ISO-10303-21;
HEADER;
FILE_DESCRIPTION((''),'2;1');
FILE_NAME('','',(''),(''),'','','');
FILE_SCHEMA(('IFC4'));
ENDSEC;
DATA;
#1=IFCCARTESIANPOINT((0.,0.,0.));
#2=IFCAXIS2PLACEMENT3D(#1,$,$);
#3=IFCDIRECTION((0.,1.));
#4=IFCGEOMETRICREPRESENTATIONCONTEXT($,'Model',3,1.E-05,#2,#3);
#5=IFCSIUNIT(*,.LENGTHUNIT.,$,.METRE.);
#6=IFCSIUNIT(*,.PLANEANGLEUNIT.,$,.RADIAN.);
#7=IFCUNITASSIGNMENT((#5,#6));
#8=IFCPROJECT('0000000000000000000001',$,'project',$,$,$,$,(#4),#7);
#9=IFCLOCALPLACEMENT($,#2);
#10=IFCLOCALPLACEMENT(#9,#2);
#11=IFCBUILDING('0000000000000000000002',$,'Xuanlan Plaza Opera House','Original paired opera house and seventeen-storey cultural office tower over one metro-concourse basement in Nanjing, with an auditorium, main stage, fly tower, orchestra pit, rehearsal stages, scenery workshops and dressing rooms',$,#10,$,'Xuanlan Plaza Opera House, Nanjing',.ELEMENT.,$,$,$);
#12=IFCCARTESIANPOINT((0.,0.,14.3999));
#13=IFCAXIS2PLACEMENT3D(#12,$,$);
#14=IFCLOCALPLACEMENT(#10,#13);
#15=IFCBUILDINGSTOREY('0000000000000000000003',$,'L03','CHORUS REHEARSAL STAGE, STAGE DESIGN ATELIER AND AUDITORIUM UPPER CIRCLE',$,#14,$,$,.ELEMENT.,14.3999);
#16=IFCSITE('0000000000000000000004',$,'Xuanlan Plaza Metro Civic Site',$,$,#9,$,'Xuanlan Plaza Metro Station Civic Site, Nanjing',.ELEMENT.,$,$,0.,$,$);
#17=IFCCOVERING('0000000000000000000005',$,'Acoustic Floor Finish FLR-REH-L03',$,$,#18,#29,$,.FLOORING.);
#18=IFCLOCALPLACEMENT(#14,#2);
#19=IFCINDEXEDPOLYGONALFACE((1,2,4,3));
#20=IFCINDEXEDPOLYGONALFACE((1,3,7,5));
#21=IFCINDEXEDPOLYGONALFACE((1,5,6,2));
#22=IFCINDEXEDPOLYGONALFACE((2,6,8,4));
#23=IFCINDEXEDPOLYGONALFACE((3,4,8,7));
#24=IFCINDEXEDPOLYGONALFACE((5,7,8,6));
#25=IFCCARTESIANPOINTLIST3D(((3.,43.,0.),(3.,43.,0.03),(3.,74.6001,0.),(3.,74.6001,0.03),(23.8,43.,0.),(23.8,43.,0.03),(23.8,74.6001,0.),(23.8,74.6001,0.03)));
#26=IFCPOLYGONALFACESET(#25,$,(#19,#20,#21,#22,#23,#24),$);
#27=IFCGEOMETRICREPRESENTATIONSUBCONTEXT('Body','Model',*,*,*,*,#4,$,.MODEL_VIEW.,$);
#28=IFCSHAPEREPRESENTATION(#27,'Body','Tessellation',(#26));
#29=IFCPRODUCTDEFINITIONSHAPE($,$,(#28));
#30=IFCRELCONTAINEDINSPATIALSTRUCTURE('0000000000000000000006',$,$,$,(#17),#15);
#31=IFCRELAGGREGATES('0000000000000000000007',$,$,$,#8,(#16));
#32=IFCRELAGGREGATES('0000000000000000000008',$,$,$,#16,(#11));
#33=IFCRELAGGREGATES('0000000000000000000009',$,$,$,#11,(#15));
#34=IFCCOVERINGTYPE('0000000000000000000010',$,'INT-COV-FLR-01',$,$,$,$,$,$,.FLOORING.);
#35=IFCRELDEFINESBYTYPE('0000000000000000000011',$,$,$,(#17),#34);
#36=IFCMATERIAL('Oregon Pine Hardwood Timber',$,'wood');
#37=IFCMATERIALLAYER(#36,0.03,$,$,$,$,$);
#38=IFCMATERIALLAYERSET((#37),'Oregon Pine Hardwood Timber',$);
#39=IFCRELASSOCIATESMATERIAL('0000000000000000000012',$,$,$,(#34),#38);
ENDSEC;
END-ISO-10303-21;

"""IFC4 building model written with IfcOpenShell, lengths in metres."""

from ifc_helpers import new_model, si_unit, direction, frame, origin, place, context, subcontext, project, spatial, polyline, outline, extrude, material, layer, layer_set, type_object, element, save


model = new_model("IFC4")

# Units and contexts
model_context = context("Model", 3, precision=1e-05, world=origin(), true_north=direction((0.0, 1.0)))
body_context = subcontext(model_context, "Body", "Model", "MODEL_VIEW")
ifc_project = project(units=[si_unit("LENGTHUNIT", "METRE"), si_unit("PLANEANGLEUNIT", "RADIAN")], contexts=[model_context])

# Site, building, storey
site_placement = place(None, origin())
site = spatial("IfcSite", under=ifc_project, at=site_placement, Name="Xuanlan Plaza Metro Civic Site", LongName="Xuanlan Plaza Metro Station Civic Site, Nanjing", CompositionType="ELEMENT", RefElevation=0.0)
building_placement = place(site_placement, origin())
building = spatial("IfcBuilding", under=site, at=building_placement, Name="Xuanlan Plaza Opera House", Description="Original paired opera house and seventeen-storey cultural office tower over one metro-concourse basement in Nanjing, with an auditorium, main stage, fly tower, orchestra pit, rehearsal stages, scenery workshops and dressing rooms", LongName="Xuanlan Plaza Opera House, Nanjing", CompositionType="ELEMENT")
storey_placement = place(building_placement, frame((0.0, 0.0, 14.3999)))
storey = spatial("IfcBuildingStorey", under=building, at=storey_placement, Name="L03", Description="CHORUS REHEARSAL STAGE, STAGE DESIGN ATELIER AND AUDITORIUM UPPER CIRCLE", CompositionType="ELEMENT", Elevation=14.3999)

# Covering
ifc_material_1 = material(Name="Oregon Pine Hardwood Timber", Category="wood")
ifc_layer_1 = layer(ifc_material_1, 0.03)
ifc_layer_set_1 = layer_set([ifc_layer_1], Name="Oregon Pine Hardwood Timber")
covering_type = type_object("IfcCoveringType", Name="INT-COV-FLR-01", PredefinedType="FLOORING", material=ifc_layer_set_1)
covering_placement = place(storey_placement, origin())
element("IfcCovering", 1, at=covering_placement, inside=storey, type_object=covering_type, Name="Acoustic Floor Finish FLR-REH-L03", PredefinedType="FLOORING", context=body_context, shape_type="SweptSolid", body=[
    extrude(outline(polyline([(3.0, 43.0), (23.8, 43.0), (23.8, 74.6001), (3.0, 74.6001), (3.0, 43.0)])), origin(), (0.0, 0.0, 1.0), 0.03),
])

save(model, "model.ifc")
